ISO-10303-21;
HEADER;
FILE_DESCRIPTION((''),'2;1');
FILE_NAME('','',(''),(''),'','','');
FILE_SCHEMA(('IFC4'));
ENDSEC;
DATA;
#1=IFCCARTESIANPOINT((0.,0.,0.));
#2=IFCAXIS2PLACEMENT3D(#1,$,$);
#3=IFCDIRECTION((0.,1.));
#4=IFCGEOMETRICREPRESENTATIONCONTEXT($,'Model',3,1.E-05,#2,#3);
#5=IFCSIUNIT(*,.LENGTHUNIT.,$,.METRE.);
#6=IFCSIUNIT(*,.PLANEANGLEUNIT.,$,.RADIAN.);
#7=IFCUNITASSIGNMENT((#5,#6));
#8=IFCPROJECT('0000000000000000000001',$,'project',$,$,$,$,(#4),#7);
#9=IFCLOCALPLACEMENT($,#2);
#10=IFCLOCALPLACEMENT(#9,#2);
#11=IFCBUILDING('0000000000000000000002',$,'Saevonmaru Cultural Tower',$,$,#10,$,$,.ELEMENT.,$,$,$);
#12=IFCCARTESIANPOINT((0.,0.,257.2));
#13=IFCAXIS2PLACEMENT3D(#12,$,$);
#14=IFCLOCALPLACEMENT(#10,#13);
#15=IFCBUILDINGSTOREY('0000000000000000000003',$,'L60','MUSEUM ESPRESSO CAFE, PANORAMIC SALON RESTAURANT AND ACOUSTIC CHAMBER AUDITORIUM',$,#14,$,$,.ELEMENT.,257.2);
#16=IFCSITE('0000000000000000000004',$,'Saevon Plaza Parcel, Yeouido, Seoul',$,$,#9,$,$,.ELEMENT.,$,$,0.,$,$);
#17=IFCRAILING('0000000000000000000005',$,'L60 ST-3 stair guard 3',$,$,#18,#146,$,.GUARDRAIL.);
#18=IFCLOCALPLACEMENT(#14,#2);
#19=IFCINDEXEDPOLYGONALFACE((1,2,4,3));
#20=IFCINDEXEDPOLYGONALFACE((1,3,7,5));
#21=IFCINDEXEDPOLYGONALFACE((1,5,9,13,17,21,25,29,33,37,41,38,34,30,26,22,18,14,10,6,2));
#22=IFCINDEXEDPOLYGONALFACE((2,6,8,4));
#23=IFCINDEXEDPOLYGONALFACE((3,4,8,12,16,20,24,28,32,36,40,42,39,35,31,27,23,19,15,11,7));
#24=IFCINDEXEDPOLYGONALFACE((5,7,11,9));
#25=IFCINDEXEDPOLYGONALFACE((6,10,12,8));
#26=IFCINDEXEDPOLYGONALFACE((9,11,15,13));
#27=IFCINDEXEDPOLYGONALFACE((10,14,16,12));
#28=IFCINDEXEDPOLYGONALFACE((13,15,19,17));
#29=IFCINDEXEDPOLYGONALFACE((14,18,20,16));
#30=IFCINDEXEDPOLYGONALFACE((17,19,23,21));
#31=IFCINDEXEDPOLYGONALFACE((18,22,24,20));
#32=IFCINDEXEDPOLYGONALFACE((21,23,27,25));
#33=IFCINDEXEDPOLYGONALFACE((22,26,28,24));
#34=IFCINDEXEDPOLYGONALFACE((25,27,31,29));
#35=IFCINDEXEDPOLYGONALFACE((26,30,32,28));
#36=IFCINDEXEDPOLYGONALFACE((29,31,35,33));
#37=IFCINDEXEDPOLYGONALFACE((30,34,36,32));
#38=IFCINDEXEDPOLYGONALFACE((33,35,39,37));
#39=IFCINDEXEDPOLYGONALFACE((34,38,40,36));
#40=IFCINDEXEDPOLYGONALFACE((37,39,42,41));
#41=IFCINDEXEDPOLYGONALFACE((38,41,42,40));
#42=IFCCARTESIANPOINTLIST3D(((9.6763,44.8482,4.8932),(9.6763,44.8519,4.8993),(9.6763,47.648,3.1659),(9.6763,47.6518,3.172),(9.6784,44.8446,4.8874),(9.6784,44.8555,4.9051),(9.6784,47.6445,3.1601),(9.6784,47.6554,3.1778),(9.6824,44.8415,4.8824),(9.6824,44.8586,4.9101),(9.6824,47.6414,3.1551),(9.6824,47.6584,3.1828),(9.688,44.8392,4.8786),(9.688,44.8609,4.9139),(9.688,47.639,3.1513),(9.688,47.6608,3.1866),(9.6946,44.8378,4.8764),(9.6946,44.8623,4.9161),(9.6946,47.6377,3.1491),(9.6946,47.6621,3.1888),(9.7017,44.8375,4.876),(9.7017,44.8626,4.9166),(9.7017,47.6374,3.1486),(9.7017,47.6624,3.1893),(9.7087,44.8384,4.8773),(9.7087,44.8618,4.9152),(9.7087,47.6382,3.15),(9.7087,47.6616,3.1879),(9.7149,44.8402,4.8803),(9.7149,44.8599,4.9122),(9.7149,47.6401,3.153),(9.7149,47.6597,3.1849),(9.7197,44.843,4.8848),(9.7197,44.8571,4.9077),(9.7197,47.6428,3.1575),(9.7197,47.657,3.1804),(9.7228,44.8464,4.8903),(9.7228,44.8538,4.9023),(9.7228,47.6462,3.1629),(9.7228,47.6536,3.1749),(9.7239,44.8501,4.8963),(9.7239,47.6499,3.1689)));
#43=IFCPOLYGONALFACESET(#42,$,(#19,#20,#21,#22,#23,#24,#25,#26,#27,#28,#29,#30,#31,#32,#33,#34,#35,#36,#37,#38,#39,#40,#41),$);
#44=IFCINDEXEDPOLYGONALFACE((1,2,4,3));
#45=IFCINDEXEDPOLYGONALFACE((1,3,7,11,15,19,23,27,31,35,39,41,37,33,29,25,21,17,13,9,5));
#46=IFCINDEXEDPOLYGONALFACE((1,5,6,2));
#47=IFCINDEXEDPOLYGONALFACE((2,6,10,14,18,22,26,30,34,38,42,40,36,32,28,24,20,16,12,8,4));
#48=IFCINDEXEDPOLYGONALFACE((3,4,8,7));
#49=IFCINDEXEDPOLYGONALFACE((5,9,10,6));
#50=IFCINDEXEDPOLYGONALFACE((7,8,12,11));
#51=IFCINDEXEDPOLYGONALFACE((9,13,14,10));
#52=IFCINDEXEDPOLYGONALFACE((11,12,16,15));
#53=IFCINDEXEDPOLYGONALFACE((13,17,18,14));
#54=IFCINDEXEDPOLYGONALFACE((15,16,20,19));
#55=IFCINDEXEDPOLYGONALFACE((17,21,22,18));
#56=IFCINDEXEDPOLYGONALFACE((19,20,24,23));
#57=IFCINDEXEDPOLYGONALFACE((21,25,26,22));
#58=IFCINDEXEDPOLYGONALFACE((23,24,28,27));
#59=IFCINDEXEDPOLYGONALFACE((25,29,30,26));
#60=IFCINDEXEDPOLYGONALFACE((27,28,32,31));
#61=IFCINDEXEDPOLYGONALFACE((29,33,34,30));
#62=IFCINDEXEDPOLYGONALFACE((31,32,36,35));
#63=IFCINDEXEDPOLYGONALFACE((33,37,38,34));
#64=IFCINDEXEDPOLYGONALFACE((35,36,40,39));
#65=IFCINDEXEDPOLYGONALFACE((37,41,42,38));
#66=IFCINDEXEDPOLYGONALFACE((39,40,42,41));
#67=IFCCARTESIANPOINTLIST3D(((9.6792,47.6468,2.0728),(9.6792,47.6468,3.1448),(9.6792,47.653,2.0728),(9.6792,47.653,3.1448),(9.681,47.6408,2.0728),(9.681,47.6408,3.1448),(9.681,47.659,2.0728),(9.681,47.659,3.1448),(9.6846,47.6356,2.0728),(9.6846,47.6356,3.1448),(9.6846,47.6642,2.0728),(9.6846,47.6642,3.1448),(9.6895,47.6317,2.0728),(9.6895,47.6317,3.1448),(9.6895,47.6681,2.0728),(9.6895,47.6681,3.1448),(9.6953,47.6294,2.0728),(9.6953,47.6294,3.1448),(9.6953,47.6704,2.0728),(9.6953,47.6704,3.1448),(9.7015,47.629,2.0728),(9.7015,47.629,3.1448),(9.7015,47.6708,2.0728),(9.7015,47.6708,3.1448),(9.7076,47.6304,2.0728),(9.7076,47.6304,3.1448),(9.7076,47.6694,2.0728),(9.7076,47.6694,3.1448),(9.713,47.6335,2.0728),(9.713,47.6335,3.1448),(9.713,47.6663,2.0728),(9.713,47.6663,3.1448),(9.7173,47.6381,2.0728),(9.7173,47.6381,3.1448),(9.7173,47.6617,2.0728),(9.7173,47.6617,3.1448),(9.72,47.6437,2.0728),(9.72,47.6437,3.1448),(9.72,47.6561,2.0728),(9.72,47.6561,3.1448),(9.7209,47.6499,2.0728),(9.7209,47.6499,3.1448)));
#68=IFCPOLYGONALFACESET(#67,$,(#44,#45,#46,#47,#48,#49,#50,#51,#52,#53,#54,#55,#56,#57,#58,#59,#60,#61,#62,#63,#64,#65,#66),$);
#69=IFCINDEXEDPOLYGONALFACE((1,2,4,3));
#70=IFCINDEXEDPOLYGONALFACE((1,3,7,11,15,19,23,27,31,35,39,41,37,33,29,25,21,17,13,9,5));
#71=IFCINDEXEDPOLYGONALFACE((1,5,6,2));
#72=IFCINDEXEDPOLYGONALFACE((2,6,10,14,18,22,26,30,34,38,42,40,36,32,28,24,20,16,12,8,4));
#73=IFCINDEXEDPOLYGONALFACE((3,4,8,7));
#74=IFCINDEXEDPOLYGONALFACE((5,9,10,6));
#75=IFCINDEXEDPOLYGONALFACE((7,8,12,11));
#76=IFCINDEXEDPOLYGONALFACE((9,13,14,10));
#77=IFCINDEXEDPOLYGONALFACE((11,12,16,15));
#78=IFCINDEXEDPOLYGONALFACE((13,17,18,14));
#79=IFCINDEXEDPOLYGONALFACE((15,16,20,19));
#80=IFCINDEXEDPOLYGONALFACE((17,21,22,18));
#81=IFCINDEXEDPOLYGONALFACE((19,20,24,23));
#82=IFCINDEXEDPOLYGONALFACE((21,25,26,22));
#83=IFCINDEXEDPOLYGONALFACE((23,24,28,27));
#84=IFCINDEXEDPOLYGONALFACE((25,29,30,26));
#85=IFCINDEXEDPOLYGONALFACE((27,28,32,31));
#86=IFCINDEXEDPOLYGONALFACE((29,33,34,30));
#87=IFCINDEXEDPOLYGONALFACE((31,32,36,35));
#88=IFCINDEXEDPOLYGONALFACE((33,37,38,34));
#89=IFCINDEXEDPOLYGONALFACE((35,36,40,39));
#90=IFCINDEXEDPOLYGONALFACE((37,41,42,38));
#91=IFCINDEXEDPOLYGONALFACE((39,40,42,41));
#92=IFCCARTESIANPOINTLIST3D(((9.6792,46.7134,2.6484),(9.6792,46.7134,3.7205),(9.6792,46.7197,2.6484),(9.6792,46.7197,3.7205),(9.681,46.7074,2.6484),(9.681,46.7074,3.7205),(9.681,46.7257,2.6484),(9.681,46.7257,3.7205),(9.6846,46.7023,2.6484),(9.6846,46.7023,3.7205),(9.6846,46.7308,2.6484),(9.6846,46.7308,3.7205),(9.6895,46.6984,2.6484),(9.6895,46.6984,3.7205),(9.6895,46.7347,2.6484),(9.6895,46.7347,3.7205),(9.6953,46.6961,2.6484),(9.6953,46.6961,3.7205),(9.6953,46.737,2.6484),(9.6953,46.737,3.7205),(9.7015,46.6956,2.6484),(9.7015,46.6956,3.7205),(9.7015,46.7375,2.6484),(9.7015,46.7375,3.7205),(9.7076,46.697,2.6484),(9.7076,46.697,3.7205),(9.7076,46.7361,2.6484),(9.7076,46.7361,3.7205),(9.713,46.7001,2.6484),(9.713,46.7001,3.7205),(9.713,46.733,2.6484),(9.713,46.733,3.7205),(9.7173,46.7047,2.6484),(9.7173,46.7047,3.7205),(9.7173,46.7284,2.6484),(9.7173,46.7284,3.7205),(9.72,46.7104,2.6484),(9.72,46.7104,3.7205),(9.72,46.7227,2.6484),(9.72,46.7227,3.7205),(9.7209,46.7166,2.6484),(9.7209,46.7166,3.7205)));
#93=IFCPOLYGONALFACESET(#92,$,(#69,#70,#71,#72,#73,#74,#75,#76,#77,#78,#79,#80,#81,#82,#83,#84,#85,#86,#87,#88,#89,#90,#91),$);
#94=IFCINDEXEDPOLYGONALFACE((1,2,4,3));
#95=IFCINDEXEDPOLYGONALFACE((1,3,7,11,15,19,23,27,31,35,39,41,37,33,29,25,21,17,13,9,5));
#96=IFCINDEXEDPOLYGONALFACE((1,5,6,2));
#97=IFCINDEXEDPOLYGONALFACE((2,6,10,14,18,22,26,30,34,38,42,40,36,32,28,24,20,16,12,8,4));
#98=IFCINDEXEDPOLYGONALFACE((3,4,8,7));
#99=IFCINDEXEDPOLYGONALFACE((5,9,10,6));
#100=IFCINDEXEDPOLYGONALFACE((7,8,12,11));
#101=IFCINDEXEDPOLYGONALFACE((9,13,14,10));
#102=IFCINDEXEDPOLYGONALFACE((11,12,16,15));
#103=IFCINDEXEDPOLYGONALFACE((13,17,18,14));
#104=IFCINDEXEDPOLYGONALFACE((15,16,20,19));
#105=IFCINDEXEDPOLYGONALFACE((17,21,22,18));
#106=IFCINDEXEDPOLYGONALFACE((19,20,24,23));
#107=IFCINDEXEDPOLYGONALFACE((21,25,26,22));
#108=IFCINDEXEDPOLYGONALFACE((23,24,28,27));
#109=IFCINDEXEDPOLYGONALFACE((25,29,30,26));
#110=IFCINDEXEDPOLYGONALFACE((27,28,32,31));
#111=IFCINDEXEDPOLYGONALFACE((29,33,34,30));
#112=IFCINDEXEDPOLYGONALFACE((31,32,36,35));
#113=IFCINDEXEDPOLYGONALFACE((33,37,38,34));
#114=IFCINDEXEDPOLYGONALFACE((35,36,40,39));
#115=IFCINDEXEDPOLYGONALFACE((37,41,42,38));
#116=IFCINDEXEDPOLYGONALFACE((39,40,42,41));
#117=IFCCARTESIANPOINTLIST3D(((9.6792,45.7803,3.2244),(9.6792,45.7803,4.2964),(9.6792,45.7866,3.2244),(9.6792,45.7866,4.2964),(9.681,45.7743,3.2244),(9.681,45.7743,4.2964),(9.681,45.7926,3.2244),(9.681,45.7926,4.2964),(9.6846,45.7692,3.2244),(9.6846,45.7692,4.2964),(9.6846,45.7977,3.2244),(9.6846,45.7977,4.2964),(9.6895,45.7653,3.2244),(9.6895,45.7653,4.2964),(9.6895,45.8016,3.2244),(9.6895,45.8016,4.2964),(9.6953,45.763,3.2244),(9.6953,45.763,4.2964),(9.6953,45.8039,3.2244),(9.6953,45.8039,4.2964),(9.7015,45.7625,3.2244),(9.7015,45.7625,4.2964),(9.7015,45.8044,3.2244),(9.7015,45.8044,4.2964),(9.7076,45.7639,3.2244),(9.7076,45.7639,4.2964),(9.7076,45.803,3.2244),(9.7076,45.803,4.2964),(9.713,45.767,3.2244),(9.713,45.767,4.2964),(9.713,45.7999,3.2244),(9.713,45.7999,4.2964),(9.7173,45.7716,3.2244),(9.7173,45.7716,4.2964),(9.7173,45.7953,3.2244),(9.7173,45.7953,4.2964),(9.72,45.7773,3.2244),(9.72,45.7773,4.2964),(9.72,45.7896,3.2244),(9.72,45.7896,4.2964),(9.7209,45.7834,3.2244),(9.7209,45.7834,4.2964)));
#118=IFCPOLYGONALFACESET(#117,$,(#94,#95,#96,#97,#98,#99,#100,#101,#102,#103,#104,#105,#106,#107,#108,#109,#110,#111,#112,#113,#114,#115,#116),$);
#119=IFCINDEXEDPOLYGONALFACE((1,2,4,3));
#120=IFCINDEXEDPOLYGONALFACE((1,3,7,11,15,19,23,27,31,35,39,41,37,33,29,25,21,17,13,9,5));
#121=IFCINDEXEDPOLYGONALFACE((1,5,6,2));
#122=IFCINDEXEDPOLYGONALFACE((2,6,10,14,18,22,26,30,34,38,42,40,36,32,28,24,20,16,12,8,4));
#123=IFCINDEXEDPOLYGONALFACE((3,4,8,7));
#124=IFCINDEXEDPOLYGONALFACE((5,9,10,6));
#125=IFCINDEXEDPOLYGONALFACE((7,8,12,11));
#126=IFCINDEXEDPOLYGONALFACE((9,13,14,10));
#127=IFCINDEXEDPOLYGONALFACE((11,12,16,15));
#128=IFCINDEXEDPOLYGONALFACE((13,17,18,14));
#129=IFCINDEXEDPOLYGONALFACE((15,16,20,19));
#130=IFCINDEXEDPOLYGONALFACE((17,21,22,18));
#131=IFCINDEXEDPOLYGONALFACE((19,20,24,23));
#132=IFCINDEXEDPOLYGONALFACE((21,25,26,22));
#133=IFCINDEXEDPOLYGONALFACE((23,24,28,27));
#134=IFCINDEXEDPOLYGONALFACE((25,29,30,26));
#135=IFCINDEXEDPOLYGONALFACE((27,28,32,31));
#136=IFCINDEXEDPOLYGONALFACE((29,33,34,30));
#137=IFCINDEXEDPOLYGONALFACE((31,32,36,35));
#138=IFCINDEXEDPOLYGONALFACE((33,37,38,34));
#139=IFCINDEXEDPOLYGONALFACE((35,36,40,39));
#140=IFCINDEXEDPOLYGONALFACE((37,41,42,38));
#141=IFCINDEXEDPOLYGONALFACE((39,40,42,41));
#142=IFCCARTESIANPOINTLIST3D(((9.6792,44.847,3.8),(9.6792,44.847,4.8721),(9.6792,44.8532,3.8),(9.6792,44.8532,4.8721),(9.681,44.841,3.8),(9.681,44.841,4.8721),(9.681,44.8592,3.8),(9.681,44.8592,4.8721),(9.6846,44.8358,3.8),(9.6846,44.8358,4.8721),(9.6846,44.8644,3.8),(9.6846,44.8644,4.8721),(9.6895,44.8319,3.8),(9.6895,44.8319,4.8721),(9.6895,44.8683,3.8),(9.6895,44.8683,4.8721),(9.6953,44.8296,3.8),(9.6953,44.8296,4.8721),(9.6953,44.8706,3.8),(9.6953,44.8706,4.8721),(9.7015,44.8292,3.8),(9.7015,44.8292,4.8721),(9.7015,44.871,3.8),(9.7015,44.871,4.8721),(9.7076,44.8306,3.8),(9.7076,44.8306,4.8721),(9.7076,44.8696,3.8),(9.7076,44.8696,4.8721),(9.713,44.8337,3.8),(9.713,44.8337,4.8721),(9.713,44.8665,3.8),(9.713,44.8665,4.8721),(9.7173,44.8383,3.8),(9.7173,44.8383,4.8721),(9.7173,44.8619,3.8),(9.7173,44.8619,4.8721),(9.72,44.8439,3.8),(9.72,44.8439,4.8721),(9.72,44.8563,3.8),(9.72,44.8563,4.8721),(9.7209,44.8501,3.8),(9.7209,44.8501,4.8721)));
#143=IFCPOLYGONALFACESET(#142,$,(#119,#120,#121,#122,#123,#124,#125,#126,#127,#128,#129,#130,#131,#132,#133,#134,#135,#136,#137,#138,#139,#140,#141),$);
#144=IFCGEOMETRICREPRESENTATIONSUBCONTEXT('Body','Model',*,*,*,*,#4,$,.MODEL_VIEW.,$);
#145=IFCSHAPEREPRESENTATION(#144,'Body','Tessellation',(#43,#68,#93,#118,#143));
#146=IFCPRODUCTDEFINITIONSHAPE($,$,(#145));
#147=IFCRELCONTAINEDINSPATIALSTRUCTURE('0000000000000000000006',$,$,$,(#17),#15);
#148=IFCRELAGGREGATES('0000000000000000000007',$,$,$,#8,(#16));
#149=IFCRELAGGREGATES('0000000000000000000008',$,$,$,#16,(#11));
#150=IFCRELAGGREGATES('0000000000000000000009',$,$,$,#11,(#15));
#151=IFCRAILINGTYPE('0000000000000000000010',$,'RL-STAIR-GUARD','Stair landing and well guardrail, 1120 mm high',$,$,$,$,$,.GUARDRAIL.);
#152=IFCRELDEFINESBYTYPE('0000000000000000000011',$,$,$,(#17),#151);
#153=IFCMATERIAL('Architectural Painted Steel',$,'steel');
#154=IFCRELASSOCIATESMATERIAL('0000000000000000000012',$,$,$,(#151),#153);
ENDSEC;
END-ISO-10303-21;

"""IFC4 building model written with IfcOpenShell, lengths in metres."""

from ifc_helpers import new_model, si_unit, direction, frame, origin, origin_2d, place, context, subcontext, project, spatial, circle, extrude, material, type_object, element, save


model = new_model("IFC4")

# Units and contexts
model_context = context("Model", 3, precision=1e-05, world=origin(), true_north=direction((0.0, 1.0)))
body_context = subcontext(model_context, "Body", "Model", "MODEL_VIEW")
ifc_project = project(units=[si_unit("LENGTHUNIT", "METRE"), si_unit("PLANEANGLEUNIT", "RADIAN")], contexts=[model_context])

# Site, building, storey
site_placement = place(None, origin())
site = spatial("IfcSite", under=ifc_project, at=site_placement, Name="Saevon Plaza Parcel, Yeouido, Seoul", CompositionType="ELEMENT", RefElevation=0.0)
building_placement = place(site_placement, origin())
building = spatial("IfcBuilding", under=site, at=building_placement, Name="Saevonmaru Cultural Tower", CompositionType="ELEMENT")
storey_placement = place(building_placement, frame((0.0, 0.0, 257.2)))
storey = spatial("IfcBuildingStorey", under=building, at=storey_placement, Name="L60", Description="MUSEUM ESPRESSO CAFE, PANORAMIC SALON RESTAURANT AND ACOUSTIC CHAMBER AUDITORIUM", CompositionType="ELEMENT", Elevation=257.2)

# Railing
ifc_material_1 = material(Name="Architectural Painted Steel", Category="steel")
railing_type_1 = type_object("IfcRailingType", Name="RL-STAIR-GUARD", Description="Stair landing and well guardrail, 1120 mm high", PredefinedType="GUARDRAIL", material=ifc_material_1)
railing_1_placement = place(storey_placement, frame((9.7, 47.6499, 2.0728)))
element("IfcRailing", 1, at=railing_1_placement, inside=storey, type_object=railing_type_1, Name="L60 ST-3 stair guard 3", PredefinedType="GUARDRAIL", context=body_context, shape_type="SweptSolid", body=[
    extrude(circle(Radius=0.0239, at=origin_2d()), frame((0.0, 0.0, 1.0962), z_axis=(0.0, -0.851069, 0.525054), x_axis=(1.0, 0.0, 0.0)), (0.0, 0.0, 1.0), 3.2898),
    extrude(circle(Radius=0.021, at=origin_2d()), origin(), (0.0, 0.0, 1.0), 1.072),
    extrude(circle(Radius=0.021, at=origin_2d()), frame((0.0, -0.9333, 0.5757)), (0.0, 0.0, 1.0), 1.072),
    extrude(circle(Radius=0.021, at=origin_2d()), frame((0.0, -1.8665, 1.1516)), (0.0, 0.0, 1.0), 1.072),
    extrude(circle(Radius=0.021, at=origin_2d()), frame((0.0, -2.7998, 1.7273)), (0.0, 0.0, 1.0), 1.072),
])

save(model, "model.ifc")
